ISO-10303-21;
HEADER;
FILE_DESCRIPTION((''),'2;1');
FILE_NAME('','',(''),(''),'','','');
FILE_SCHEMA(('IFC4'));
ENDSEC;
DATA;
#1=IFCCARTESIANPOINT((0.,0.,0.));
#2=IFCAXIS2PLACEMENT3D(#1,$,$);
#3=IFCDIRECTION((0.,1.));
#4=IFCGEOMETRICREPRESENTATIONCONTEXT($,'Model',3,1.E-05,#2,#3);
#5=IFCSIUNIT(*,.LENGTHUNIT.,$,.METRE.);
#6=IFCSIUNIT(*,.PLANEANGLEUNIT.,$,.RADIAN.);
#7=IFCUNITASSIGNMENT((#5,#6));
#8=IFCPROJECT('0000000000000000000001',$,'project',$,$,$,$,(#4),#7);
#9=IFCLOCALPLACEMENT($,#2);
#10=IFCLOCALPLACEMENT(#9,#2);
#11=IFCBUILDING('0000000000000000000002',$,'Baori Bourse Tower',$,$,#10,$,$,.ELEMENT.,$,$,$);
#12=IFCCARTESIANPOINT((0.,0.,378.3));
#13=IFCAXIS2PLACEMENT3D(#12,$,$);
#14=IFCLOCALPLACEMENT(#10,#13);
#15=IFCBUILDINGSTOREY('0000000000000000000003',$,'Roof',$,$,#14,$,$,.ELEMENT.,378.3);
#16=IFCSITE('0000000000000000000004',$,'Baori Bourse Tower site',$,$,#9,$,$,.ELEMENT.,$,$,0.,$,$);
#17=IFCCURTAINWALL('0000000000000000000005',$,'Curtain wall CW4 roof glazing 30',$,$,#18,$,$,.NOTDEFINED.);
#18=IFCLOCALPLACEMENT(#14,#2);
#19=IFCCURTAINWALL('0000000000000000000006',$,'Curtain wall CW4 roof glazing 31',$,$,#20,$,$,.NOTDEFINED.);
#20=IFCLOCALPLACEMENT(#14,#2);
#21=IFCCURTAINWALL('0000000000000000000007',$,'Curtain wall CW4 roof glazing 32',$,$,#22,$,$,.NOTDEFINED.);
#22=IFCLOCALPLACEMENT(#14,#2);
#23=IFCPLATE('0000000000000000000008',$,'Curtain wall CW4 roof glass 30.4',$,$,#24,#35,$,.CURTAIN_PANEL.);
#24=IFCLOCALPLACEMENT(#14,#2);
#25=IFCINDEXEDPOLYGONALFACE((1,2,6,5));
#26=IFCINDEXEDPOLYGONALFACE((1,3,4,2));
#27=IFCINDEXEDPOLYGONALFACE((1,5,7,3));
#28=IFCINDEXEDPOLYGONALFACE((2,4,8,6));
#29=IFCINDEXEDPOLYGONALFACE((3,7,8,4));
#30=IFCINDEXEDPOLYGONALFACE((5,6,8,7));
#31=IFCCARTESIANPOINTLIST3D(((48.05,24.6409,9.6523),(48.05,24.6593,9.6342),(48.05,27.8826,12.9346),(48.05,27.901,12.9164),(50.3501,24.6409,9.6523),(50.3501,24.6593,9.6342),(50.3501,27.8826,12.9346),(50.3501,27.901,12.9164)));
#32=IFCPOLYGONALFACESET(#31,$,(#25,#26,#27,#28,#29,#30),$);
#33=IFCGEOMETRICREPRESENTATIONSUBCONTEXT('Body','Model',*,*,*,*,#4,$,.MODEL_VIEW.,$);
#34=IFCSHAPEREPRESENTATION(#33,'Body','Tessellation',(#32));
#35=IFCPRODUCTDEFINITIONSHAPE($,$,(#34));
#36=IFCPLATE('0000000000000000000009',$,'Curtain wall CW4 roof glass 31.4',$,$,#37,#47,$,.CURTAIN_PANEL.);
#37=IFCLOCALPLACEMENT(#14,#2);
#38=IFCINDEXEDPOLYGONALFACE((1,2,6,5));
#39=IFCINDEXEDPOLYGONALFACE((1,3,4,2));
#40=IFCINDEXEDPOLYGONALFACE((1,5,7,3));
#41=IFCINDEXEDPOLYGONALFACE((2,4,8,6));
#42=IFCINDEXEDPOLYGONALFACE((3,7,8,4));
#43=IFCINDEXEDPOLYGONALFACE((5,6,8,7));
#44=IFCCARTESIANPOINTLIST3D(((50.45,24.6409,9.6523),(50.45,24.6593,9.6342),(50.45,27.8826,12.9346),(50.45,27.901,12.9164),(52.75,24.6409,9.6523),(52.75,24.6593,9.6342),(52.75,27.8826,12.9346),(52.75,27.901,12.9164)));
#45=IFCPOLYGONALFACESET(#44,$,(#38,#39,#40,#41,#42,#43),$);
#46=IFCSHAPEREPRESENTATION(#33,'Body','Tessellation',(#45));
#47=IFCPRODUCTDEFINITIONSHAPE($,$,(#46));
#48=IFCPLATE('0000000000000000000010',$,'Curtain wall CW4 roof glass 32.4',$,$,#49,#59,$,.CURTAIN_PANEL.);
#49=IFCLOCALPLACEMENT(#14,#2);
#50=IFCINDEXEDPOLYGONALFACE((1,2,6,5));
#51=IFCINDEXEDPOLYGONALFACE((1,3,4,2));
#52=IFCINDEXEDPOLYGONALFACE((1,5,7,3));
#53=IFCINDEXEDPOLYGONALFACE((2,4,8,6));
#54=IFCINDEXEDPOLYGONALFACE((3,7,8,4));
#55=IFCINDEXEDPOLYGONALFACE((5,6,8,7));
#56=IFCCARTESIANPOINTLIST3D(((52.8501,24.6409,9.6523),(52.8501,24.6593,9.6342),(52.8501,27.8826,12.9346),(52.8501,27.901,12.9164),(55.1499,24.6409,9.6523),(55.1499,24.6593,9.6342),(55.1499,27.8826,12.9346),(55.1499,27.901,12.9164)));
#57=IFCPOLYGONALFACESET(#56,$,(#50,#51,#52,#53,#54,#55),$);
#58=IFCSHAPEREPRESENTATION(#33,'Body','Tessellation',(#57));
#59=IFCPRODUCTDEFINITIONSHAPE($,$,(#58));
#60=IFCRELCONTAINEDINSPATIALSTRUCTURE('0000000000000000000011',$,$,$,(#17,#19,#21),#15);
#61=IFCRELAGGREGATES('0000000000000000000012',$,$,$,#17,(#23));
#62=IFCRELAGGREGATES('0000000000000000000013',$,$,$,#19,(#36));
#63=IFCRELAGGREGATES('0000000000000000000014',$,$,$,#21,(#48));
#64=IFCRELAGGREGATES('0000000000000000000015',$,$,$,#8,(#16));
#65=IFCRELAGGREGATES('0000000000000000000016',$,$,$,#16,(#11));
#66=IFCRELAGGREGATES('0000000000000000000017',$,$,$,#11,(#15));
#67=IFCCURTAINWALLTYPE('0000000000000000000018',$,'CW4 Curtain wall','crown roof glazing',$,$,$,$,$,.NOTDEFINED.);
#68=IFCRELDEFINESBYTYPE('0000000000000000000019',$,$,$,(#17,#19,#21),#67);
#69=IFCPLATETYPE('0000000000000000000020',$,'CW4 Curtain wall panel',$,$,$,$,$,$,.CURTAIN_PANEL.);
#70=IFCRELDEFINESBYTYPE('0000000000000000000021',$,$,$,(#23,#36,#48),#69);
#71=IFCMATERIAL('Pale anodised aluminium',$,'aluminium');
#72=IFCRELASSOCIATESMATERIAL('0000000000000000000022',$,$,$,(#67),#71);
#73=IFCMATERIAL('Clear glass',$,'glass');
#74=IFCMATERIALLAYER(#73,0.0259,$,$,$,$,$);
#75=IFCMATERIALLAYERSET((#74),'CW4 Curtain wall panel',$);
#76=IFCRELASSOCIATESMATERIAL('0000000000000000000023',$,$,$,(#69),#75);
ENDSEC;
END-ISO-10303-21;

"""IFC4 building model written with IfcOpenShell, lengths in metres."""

from ifc_helpers import new_model, si_unit, direction, frame, origin, place, context, subcontext, project, spatial, polyline, outline, extrude, material, layer, layer_set, type_object, element, aggregate, save


model = new_model("IFC4")

# Units and contexts
model_context = context("Model", 3, precision=1e-05, world=origin(), true_north=direction((0.0, 1.0)))
body_context = subcontext(model_context, "Body", "Model", "MODEL_VIEW")
ifc_project = project(units=[si_unit("LENGTHUNIT", "METRE"), si_unit("PLANEANGLEUNIT", "RADIAN")], contexts=[model_context])

# Site, building, storey
site_placement = place(None, origin())
site = spatial("IfcSite", under=ifc_project, at=site_placement, Name="Baori Bourse Tower site", CompositionType="ELEMENT", RefElevation=0.0)
building_placement = place(site_placement, origin())
building = spatial("IfcBuilding", under=site, at=building_placement, Name="Baori Bourse Tower", CompositionType="ELEMENT")
storey_placement = place(building_placement, frame((0.0, 0.0, 378.3)))
storey = spatial("IfcBuildingStorey", under=building, at=storey_placement, Name="Roof", CompositionType="ELEMENT", Elevation=378.3)

# Curtain walls
ifc_material_1 = material(Name="Pale anodised aluminium", Category="aluminium")
curtain_wall_type_1 = type_object("IfcCurtainWallType", Name="CW4 Curtain wall", Description="crown roof glazing", PredefinedType="NOTDEFINED", material=ifc_material_1)
curtain_wall_1_placement = place(storey_placement, origin())
curtain_wall_1 = element("IfcCurtainWall", 1, at=curtain_wall_1_placement, inside=storey, type_object=curtain_wall_type_1, Name="Curtain wall CW4 roof glazing 30", PredefinedType="NOTDEFINED")
curtain_wall_2_placement = place(storey_placement, origin())
curtain_wall_2 = element("IfcCurtainWall", 2, at=curtain_wall_2_placement, inside=storey, type_object=curtain_wall_type_1, Name="Curtain wall CW4 roof glazing 31", PredefinedType="NOTDEFINED")
curtain_wall_3_placement = place(storey_placement, origin())
curtain_wall_3 = element("IfcCurtainWall", 3, at=curtain_wall_3_placement, inside=storey, type_object=curtain_wall_type_1, Name="Curtain wall CW4 roof glazing 32", PredefinedType="NOTDEFINED")

# Plates
ifc_material_2 = material(Name="Clear glass", Category="glass")
ifc_layer_1 = layer(ifc_material_2, 0.0259)
ifc_layer_set_1 = layer_set([ifc_layer_1], Name="CW4 Curtain wall panel")
plate_type_1 = type_object("IfcPlateType", Name="CW4 Curtain wall panel", PredefinedType="CURTAIN_PANEL", material=ifc_layer_set_1)
plate_1_placement = place(storey_placement, frame((48.05, 24.6409, 9.6523), z_axis=(0.0, -0.711486, 0.702701), x_axis=(1.0, 0.0, 0.0)))
plate_1 = element("IfcPlate", 4, at=plate_1_placement, type_object=plate_type_1, Name="Curtain wall CW4 roof glass 30.4", PredefinedType="CURTAIN_PANEL", context=body_context, shape_type="SweptSolid", body=[
    extrude(outline(polyline([(0.0, 0.0), (2.3, 0.0), (2.3, 4.6132), (0.0, 4.6132), (0.0, 0.0)])), origin(), (0.0, 0.0, -1.0), 0.0259),
])
aggregate(curtain_wall_1, [plate_1])
plate_2_placement = place(storey_placement, frame((50.45, 24.6409, 9.6523), z_axis=(0.0, -0.711486, 0.702701), x_axis=(1.0, 0.0, 0.0)))
plate_2 = element("IfcPlate", 5, at=plate_2_placement, type_object=plate_type_1, Name="Curtain wall CW4 roof glass 31.4", PredefinedType="CURTAIN_PANEL", context=body_context, shape_type="SweptSolid", body=[
    extrude(outline(polyline([(0.0, 0.0), (2.3, 0.0), (2.3, 4.6132), (0.0, 4.6132), (0.0, 0.0)])), origin(), (0.0, 0.0, -1.0), 0.0259),
])
aggregate(curtain_wall_2, [plate_2])
plate_3_placement = place(storey_placement, frame((52.8501, 24.6409, 9.6523), z_axis=(0.0, -0.711486, 0.702701), x_axis=(1.0, 0.0, 0.0)))
plate_3 = element("IfcPlate", 6, at=plate_3_placement, type_object=plate_type_1, Name="Curtain wall CW4 roof glass 32.4", PredefinedType="CURTAIN_PANEL", context=body_context, shape_type="SweptSolid", body=[
    extrude(outline(polyline([(0.0, 0.0), (2.2998, 0.0), (2.2998, 4.6132), (0.0, 4.6132), (0.0, 0.0)])), origin(), (0.0, 0.0, -1.0), 0.0259),
])
aggregate(curtain_wall_3, [plate_3])

save(model, "model.ifc")
